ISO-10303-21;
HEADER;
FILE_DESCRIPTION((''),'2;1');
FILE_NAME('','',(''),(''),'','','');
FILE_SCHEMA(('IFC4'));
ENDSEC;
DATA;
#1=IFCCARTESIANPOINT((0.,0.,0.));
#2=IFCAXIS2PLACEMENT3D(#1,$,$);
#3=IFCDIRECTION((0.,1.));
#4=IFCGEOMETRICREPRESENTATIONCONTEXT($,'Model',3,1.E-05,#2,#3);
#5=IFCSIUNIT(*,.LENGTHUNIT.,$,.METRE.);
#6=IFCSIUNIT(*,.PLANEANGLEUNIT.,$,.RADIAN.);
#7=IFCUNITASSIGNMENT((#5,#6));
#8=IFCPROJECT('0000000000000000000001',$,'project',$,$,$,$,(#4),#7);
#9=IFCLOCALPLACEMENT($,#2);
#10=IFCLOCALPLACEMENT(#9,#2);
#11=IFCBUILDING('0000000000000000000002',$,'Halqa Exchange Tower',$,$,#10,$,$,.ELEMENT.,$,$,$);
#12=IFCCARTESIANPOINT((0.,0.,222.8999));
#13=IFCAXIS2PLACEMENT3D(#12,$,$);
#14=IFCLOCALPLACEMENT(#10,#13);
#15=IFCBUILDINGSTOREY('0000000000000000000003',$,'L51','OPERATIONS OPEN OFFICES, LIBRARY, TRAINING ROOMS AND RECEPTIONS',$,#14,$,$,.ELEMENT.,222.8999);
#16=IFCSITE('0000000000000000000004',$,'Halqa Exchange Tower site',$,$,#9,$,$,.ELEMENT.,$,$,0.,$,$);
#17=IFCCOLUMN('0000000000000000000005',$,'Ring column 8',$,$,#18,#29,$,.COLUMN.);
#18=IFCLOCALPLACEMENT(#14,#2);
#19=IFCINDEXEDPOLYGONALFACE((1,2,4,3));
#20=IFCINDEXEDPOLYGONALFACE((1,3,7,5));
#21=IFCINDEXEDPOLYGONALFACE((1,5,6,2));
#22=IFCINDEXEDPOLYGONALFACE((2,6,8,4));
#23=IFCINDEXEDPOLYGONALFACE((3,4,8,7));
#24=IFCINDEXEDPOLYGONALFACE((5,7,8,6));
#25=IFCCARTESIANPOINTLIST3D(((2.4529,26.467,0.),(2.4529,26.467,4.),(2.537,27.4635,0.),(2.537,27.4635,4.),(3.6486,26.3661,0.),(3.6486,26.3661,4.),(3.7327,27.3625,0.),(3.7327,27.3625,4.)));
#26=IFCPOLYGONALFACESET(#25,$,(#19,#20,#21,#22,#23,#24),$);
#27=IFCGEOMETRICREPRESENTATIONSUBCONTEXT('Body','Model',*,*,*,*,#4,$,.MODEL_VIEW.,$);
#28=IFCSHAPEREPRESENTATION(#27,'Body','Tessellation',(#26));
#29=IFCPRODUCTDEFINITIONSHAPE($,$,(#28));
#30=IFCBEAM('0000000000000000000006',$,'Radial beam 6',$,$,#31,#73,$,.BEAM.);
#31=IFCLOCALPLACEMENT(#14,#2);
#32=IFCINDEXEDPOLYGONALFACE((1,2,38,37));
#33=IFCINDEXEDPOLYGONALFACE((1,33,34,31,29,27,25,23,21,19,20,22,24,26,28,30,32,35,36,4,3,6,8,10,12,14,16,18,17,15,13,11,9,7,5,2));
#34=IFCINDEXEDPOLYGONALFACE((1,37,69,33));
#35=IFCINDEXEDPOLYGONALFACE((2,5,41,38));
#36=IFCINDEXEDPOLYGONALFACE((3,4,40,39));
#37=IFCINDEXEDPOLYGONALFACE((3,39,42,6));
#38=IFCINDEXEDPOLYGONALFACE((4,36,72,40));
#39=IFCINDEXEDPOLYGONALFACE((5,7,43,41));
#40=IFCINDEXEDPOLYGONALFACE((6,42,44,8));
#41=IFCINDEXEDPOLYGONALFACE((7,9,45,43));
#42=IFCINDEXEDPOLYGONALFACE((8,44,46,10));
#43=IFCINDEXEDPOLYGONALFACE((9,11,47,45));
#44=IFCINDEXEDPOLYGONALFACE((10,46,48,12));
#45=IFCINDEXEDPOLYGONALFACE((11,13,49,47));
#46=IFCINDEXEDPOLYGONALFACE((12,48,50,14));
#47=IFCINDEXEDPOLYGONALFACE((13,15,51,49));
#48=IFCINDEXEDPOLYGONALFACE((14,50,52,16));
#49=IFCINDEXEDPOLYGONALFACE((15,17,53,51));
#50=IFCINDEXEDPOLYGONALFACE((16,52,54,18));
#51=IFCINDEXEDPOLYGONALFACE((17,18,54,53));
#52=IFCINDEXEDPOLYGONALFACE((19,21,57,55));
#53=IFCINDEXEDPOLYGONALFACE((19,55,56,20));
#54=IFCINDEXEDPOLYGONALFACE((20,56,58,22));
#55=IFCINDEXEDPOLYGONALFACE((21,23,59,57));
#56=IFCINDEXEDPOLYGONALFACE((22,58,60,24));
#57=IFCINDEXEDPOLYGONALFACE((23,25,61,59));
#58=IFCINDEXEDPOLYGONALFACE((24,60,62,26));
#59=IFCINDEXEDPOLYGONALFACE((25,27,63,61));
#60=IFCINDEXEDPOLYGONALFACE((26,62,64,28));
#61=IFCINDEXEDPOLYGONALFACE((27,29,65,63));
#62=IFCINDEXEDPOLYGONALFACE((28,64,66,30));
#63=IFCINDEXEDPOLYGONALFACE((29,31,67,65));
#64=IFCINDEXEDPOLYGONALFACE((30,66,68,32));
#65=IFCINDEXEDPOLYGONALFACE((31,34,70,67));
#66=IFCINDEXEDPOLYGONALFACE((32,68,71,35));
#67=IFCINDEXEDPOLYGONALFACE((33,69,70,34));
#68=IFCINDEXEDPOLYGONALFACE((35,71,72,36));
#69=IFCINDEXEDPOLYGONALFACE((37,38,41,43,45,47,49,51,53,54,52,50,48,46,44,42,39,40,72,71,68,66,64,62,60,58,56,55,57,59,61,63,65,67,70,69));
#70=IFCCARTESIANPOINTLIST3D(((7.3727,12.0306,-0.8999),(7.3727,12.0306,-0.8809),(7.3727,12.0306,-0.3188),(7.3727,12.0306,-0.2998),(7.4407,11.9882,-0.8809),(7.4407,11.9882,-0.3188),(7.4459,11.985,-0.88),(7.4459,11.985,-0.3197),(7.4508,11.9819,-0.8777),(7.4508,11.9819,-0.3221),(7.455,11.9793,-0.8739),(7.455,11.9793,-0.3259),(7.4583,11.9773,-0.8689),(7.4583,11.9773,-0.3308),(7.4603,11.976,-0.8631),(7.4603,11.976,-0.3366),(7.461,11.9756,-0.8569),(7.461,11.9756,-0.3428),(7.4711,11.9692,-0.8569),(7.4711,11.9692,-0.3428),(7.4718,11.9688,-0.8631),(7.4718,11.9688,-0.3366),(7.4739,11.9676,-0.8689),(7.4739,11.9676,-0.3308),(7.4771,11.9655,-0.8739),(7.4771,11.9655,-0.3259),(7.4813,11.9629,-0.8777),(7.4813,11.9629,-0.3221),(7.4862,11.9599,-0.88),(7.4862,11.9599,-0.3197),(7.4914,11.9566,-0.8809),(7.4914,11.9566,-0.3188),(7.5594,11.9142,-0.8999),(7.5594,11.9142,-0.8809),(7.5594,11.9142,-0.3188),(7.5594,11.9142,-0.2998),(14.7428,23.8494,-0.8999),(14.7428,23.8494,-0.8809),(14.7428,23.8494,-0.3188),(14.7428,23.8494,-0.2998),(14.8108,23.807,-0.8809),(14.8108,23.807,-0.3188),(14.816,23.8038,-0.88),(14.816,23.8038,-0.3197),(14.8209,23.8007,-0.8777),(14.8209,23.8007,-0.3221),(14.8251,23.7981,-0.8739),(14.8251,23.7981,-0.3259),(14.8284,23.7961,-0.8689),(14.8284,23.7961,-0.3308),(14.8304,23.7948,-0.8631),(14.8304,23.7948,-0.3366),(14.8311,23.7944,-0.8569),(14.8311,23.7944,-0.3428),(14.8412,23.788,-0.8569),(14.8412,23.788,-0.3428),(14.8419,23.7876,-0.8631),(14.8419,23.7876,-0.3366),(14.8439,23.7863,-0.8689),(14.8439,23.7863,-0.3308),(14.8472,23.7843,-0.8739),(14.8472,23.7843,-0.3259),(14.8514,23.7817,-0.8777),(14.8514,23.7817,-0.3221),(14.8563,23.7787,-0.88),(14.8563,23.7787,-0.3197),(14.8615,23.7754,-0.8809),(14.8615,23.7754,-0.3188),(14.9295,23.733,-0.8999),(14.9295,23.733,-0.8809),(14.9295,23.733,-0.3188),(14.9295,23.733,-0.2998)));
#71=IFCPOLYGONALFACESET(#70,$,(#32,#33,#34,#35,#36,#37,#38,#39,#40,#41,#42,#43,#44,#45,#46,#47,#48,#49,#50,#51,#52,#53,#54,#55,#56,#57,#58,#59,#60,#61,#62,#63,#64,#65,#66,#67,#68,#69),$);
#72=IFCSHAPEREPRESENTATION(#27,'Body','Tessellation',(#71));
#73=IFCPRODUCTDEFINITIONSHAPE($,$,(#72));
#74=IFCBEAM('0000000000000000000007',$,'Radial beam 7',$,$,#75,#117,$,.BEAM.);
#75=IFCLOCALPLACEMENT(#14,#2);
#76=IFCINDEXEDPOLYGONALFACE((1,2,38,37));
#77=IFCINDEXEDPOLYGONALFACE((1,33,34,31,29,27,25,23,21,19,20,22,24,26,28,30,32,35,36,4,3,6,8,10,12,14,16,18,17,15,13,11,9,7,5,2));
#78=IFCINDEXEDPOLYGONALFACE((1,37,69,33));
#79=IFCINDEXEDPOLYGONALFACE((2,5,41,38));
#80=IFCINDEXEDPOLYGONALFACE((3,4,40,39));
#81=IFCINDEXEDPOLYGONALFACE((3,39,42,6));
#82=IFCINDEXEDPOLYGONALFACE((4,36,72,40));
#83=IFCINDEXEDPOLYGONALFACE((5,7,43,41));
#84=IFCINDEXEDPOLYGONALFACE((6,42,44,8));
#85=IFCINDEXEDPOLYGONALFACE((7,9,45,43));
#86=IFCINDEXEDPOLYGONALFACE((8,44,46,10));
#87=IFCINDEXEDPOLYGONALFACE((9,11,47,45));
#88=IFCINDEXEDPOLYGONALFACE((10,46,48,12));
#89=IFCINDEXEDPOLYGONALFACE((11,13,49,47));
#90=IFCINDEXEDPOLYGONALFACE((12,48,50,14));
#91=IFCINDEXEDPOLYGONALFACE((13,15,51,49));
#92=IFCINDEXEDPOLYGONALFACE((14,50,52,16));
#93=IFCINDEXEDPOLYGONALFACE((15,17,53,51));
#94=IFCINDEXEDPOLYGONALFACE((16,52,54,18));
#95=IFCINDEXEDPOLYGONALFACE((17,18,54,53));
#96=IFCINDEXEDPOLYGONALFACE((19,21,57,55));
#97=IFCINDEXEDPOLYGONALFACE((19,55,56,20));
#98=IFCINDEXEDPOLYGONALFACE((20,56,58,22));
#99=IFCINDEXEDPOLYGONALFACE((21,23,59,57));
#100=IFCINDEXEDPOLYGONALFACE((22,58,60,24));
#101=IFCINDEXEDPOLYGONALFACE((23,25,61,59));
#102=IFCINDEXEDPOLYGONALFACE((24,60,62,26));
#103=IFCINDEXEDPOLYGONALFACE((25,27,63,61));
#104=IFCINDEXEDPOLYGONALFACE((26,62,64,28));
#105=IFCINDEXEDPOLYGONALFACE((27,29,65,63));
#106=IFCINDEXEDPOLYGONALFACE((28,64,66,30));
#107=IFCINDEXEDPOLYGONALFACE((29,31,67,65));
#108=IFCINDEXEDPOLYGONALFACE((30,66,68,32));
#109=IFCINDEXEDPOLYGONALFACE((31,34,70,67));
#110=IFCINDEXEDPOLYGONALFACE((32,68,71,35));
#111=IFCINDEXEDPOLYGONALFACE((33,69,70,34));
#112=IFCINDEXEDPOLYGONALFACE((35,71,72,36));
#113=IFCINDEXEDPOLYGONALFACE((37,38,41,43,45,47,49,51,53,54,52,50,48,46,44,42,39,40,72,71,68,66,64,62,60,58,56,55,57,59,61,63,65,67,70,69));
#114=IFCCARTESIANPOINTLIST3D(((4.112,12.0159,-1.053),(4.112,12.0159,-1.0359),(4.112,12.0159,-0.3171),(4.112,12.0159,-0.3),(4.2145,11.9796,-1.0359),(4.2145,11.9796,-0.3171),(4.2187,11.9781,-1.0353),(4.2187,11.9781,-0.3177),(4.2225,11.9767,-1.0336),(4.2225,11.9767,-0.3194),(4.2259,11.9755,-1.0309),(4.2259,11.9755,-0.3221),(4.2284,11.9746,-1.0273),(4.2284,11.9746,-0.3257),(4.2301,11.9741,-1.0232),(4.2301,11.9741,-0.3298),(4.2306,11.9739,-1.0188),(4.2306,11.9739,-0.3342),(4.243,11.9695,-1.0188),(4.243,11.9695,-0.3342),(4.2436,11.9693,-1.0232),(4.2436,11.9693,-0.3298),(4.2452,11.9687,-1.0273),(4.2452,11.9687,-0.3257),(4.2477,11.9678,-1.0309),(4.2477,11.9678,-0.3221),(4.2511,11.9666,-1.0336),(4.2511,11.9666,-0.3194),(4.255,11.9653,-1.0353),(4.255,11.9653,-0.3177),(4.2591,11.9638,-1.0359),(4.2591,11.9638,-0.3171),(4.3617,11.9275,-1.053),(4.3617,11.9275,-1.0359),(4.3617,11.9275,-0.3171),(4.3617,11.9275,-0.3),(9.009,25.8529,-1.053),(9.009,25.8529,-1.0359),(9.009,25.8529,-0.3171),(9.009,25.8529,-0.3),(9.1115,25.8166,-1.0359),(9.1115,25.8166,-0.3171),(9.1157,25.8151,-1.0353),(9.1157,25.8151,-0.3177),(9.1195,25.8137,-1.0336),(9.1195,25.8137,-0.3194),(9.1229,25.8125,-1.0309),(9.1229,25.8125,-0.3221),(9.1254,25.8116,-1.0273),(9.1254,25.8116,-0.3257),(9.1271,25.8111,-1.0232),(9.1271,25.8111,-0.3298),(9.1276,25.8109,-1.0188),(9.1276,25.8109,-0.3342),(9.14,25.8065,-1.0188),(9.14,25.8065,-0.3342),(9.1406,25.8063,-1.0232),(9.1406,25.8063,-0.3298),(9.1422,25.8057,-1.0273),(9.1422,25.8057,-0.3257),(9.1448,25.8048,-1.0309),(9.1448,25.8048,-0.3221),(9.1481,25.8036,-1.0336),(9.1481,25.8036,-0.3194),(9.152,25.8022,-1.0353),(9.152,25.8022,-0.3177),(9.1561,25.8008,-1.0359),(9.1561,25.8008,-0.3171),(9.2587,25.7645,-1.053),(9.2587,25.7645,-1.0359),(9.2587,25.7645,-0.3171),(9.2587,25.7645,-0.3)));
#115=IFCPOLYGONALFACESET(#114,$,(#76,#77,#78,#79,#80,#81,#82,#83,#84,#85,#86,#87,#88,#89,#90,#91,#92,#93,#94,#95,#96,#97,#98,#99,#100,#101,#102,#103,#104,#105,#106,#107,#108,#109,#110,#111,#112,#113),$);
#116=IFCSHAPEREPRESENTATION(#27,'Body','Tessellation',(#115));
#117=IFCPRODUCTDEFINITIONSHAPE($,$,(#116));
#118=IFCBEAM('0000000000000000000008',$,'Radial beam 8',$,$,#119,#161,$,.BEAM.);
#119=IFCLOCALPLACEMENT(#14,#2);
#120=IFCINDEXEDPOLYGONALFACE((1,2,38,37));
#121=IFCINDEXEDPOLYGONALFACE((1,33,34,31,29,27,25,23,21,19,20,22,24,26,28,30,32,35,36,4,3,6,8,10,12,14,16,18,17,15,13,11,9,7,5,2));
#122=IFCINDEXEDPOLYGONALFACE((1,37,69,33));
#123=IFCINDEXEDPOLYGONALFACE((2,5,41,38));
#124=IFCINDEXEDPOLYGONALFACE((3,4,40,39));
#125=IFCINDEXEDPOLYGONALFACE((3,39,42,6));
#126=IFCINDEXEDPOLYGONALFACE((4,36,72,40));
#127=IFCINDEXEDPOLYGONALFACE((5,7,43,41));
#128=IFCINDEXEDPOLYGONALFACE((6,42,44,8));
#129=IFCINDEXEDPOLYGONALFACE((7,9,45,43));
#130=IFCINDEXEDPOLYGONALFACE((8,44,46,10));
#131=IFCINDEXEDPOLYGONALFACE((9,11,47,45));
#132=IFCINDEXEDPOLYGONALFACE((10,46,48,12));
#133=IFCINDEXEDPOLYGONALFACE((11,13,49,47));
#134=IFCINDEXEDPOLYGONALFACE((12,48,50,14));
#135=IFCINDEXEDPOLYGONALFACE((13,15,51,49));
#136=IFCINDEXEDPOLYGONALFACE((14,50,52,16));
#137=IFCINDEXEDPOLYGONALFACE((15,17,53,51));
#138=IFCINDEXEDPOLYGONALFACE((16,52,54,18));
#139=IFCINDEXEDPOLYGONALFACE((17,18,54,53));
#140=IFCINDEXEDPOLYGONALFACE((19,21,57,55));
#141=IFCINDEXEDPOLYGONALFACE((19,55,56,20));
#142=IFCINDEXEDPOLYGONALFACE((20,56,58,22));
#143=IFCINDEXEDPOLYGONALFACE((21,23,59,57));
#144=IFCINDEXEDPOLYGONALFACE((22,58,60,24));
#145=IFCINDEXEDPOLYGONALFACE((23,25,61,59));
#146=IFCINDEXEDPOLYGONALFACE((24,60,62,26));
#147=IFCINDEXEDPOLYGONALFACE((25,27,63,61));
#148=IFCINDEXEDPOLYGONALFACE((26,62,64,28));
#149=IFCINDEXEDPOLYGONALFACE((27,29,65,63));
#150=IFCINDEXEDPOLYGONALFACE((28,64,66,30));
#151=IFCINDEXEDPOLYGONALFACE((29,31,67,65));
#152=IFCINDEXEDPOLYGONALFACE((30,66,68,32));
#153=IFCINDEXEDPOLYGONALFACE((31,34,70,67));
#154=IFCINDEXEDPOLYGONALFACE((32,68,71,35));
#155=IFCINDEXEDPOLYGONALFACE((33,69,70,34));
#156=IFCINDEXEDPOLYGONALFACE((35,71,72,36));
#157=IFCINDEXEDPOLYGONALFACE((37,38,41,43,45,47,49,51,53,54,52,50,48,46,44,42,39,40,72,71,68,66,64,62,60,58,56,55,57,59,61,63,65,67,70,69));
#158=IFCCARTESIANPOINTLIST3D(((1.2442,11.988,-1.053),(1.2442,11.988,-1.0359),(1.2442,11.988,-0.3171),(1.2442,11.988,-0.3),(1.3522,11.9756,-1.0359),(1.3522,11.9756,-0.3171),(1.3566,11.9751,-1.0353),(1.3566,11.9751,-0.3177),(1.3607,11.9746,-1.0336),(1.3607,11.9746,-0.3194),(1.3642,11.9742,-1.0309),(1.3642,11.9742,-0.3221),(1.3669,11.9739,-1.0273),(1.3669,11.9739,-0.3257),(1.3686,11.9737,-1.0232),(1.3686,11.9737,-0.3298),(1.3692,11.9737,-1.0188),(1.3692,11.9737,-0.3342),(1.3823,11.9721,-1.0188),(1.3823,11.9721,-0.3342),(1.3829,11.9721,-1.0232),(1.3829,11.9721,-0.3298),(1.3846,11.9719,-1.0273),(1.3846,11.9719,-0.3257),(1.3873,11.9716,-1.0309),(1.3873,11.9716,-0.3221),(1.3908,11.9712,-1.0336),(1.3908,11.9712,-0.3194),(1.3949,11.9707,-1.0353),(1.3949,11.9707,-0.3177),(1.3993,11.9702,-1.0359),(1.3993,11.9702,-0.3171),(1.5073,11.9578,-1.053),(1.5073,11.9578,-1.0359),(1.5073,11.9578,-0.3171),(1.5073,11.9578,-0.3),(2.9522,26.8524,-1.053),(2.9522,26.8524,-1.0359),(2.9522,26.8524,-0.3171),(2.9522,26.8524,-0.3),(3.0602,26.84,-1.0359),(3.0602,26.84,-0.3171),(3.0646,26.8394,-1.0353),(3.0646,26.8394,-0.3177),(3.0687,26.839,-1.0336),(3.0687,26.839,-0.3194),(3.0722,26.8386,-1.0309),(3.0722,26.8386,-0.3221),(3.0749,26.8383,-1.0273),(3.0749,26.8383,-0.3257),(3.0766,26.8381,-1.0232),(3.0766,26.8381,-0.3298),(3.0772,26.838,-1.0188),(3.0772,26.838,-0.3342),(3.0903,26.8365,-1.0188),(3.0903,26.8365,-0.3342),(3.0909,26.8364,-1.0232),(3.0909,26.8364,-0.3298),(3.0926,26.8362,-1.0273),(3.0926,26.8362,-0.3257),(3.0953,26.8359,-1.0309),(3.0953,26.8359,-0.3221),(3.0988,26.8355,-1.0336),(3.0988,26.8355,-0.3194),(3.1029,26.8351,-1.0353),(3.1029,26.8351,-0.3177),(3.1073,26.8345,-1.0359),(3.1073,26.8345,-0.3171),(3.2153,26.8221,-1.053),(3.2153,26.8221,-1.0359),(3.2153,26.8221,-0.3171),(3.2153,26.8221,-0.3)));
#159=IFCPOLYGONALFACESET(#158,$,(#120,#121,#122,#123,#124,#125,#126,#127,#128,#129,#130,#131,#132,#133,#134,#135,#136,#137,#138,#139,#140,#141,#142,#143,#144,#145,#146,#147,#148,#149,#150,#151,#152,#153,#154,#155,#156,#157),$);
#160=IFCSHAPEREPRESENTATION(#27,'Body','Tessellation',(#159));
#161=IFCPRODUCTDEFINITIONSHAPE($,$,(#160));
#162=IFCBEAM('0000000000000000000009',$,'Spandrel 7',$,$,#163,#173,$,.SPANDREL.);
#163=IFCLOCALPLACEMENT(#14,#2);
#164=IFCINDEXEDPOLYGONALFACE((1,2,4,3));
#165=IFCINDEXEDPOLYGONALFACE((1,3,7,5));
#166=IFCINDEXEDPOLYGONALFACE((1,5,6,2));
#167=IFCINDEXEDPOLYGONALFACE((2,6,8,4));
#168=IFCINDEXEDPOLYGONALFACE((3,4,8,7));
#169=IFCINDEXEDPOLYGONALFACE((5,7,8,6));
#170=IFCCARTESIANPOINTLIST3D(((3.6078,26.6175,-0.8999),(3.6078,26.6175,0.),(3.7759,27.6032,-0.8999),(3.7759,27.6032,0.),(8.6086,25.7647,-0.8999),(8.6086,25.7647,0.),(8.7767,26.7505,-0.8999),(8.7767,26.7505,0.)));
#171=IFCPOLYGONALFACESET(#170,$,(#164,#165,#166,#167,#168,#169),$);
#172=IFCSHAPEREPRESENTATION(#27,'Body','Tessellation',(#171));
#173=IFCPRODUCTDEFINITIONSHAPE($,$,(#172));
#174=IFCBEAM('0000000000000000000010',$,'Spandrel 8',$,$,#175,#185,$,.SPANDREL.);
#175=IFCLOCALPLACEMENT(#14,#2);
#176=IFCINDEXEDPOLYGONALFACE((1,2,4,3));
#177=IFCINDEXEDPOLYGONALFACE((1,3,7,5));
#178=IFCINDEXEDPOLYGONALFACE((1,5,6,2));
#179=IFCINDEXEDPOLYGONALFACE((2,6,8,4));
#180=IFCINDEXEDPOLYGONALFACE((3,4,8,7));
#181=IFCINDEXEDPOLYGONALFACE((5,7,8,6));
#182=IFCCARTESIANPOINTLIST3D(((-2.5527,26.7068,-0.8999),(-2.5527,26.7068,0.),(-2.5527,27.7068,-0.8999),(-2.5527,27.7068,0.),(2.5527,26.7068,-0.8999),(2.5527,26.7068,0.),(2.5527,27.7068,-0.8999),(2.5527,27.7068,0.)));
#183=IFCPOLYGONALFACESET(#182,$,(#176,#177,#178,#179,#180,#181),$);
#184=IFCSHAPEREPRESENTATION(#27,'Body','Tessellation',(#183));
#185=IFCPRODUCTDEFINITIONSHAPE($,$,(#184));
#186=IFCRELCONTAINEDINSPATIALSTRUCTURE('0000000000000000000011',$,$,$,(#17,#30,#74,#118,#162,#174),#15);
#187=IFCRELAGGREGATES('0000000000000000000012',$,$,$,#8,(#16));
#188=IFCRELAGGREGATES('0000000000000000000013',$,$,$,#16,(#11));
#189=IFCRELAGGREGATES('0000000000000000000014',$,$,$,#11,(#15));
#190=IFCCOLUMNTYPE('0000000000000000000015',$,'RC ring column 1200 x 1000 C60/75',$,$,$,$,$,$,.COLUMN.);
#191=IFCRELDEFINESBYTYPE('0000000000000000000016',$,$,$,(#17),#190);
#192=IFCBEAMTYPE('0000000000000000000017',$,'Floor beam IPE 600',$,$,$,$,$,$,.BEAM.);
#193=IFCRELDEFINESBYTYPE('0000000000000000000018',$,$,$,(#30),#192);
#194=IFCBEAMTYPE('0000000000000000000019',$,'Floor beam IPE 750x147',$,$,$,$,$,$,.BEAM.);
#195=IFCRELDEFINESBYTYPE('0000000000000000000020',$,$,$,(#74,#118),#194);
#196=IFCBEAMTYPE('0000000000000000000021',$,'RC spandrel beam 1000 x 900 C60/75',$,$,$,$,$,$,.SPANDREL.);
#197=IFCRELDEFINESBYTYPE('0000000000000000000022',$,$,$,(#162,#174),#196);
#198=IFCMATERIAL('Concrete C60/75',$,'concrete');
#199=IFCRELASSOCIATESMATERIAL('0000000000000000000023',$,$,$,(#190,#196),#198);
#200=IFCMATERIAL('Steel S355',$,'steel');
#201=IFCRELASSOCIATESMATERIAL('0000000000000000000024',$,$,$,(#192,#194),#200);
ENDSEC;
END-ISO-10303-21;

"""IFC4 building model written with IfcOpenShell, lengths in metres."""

from ifc_helpers import new_model, si_unit, direction, frame, origin, origin_2d, place, context, subcontext, project, spatial, rectangle, i_section, extrude, material, material_profile, profile_set, type_object, element, save


model = new_model("IFC4")

# Units and contexts
model_context = context("Model", 3, precision=1e-05, world=origin(), true_north=direction((0.0, 1.0)))
body_context = subcontext(model_context, "Body", "Model", "MODEL_VIEW")
ifc_project = project(units=[si_unit("LENGTHUNIT", "METRE"), si_unit("PLANEANGLEUNIT", "RADIAN")], contexts=[model_context])

# Site, building, storey
site_placement = place(None, origin())
site = spatial("IfcSite", under=ifc_project, at=site_placement, Name="Halqa Exchange Tower site", CompositionType="ELEMENT", RefElevation=0.0)
building_placement = place(site_placement, origin())
building = spatial("IfcBuilding", under=site, at=building_placement, Name="Halqa Exchange Tower", CompositionType="ELEMENT")
storey_placement = place(building_placement, frame((0.0, 0.0, 222.8999)))
storey = spatial("IfcBuildingStorey", under=building, at=storey_placement, Name="L51", Description="OPERATIONS OPEN OFFICES, LIBRARY, TRAINING ROOMS AND RECEPTIONS", CompositionType="ELEMENT", Elevation=222.8999)

# Column
ifc_material_1 = material(Name="Concrete C60/75", Category="concrete")
ifc_material_profile_1 = material_profile(ifc_material_1, rectangle(XDim=1.2, YDim=1.0, at=origin_2d()), Name="1200 x 1000")
ifc_profile_set_1 = profile_set([ifc_material_profile_1], Name="Concrete C60/75")
column_type = type_object("IfcColumnType", Name="RC ring column 1200 x 1000 C60/75", PredefinedType="COLUMN", material=ifc_profile_set_1)
column_placement = place(storey_placement, frame((3.0928, 26.9148, 0.0), z_axis=(0.0, 0.0, 1.0), x_axis=(-0.996455, 0.084128, 0.0)))
element("IfcColumn", 1, at=column_placement, inside=storey, type_object=column_type, Name="Ring column 8", PredefinedType="COLUMN", context=body_context, shape_type="SweptSolid", body=[
    extrude(rectangle(XDim=1.2, YDim=1.0, at=origin_2d()), origin(), (0.0, 0.0, 1.0), 4.0),
])

# Beams
ifc_material_2 = material(Name="Steel S355", Category="steel")
ifc_material_profile_2 = material_profile(ifc_material_2, i_section(OverallWidth=0.22, OverallDepth=0.6001, WebThickness=0.012, FlangeThickness=0.019, FilletRadius=0.0239, at=origin_2d()), Name="IPE 600")
ifc_profile_set_2 = profile_set([ifc_material_profile_2], Name="Steel S355")
beam_type_1 = type_object("IfcBeamType", Name="Floor beam IPE 600", PredefinedType="BEAM", material=ifc_profile_set_2)
beam_1_placement = place(storey_placement, frame((7.4661, 11.9724, -0.5999), z_axis=(0.529138, 0.848536, 0.0), x_axis=(-0.848536, 0.529138, 0.0)))
element("IfcBeam", 2, at=beam_1_placement, inside=storey, type_object=beam_type_1, Name="Radial beam 6", PredefinedType="BEAM", context=body_context, shape_type="SweptSolid", body=[
    extrude(i_section(OverallWidth=0.22, OverallDepth=0.6001, WebThickness=0.012, FlangeThickness=0.019, FilletRadius=0.0239, at=origin_2d()), origin(), (0.0, 0.0, 1.0), 13.9285),
])
ifc_material_profile_3 = material_profile(ifc_material_2, i_section(OverallWidth=0.2649, OverallDepth=0.7529, WebThickness=0.0132, FlangeThickness=0.0171, FilletRadius=0.0171, at=origin_2d()), Name="IPE 750x147")
ifc_profile_set_3 = profile_set([ifc_material_profile_3], Name="Steel S355")
beam_type_2 = type_object("IfcBeamType", Name="Floor beam IPE 750x147", PredefinedType="BEAM", material=ifc_profile_set_3)
beam_2_placement = place(storey_placement, frame((4.2368, 11.9717, -0.6765), z_axis=(0.333629, 0.942704, 0.0), x_axis=(-0.942704, 0.333629, 0.0)))
element("IfcBeam", 3, at=beam_2_placement, inside=storey, type_object=beam_type_2, Name="Radial beam 7", PredefinedType="BEAM", context=body_context, shape_type="SweptSolid", body=[
    extrude(i_section(OverallWidth=0.2649, OverallDepth=0.7529, WebThickness=0.0132, FlangeThickness=0.0171, FilletRadius=0.0171, at=origin_2d()), origin(), (0.0, 0.0, 1.0), 14.678),
])
beam_3_placement = place(storey_placement, frame((1.3757, 11.9729, -0.6765), z_axis=(0.114156, 0.993463, 0.0), x_axis=(-0.993463, 0.114156, 0.0)))
element("IfcBeam", 4, at=beam_3_placement, inside=storey, type_object=beam_type_2, Name="Radial beam 8", PredefinedType="BEAM", context=body_context, shape_type="SweptSolid", body=[
    extrude(i_section(OverallWidth=0.2649, OverallDepth=0.7529, WebThickness=0.0132, FlangeThickness=0.0171, FilletRadius=0.0171, at=origin_2d()), origin(), (0.0, 0.0, 1.0), 14.9622),
])
ifc_material_profile_4 = material_profile(ifc_material_1, rectangle(XDim=1.0, YDim=0.8999, at=origin_2d()), Name="1000 x 900")
ifc_profile_set_4 = profile_set([ifc_material_profile_4], Name="Concrete C60/75")
beam_type_3 = type_object("IfcBeamType", Name="RC spandrel beam 1000 x 900 C60/75", PredefinedType="SPANDREL", material=ifc_profile_set_4)
beam_4_placement = place(storey_placement, frame((8.6926, 26.2576, -0.45), z_axis=(-0.985769, 0.168105, 0.0), x_axis=(-0.168105, -0.985769, 0.0)))
element("IfcBeam", 5, at=beam_4_placement, inside=storey, type_object=beam_type_3, Name="Spandrel 7", PredefinedType="SPANDREL", context=body_context, shape_type="SweptSolid", body=[
    extrude(rectangle(XDim=1.0, YDim=0.8999, at=origin_2d()), origin(), (0.0, 0.0, 1.0), 5.073),
])
beam_5_placement = place(storey_placement, frame((2.5527, 27.2068, -0.45), z_axis=(-1.0, 0.0, 0.0), x_axis=(0.0, -1.0, 0.0)))
element("IfcBeam", 6, at=beam_5_placement, inside=storey, type_object=beam_type_3, Name="Spandrel 8", PredefinedType="SPANDREL", context=body_context, shape_type="SweptSolid", body=[
    extrude(rectangle(XDim=1.0, YDim=0.8999, at=origin_2d()), origin(), (0.0, 0.0, 1.0), 5.1055),
])

save(model, "model.ifc")
